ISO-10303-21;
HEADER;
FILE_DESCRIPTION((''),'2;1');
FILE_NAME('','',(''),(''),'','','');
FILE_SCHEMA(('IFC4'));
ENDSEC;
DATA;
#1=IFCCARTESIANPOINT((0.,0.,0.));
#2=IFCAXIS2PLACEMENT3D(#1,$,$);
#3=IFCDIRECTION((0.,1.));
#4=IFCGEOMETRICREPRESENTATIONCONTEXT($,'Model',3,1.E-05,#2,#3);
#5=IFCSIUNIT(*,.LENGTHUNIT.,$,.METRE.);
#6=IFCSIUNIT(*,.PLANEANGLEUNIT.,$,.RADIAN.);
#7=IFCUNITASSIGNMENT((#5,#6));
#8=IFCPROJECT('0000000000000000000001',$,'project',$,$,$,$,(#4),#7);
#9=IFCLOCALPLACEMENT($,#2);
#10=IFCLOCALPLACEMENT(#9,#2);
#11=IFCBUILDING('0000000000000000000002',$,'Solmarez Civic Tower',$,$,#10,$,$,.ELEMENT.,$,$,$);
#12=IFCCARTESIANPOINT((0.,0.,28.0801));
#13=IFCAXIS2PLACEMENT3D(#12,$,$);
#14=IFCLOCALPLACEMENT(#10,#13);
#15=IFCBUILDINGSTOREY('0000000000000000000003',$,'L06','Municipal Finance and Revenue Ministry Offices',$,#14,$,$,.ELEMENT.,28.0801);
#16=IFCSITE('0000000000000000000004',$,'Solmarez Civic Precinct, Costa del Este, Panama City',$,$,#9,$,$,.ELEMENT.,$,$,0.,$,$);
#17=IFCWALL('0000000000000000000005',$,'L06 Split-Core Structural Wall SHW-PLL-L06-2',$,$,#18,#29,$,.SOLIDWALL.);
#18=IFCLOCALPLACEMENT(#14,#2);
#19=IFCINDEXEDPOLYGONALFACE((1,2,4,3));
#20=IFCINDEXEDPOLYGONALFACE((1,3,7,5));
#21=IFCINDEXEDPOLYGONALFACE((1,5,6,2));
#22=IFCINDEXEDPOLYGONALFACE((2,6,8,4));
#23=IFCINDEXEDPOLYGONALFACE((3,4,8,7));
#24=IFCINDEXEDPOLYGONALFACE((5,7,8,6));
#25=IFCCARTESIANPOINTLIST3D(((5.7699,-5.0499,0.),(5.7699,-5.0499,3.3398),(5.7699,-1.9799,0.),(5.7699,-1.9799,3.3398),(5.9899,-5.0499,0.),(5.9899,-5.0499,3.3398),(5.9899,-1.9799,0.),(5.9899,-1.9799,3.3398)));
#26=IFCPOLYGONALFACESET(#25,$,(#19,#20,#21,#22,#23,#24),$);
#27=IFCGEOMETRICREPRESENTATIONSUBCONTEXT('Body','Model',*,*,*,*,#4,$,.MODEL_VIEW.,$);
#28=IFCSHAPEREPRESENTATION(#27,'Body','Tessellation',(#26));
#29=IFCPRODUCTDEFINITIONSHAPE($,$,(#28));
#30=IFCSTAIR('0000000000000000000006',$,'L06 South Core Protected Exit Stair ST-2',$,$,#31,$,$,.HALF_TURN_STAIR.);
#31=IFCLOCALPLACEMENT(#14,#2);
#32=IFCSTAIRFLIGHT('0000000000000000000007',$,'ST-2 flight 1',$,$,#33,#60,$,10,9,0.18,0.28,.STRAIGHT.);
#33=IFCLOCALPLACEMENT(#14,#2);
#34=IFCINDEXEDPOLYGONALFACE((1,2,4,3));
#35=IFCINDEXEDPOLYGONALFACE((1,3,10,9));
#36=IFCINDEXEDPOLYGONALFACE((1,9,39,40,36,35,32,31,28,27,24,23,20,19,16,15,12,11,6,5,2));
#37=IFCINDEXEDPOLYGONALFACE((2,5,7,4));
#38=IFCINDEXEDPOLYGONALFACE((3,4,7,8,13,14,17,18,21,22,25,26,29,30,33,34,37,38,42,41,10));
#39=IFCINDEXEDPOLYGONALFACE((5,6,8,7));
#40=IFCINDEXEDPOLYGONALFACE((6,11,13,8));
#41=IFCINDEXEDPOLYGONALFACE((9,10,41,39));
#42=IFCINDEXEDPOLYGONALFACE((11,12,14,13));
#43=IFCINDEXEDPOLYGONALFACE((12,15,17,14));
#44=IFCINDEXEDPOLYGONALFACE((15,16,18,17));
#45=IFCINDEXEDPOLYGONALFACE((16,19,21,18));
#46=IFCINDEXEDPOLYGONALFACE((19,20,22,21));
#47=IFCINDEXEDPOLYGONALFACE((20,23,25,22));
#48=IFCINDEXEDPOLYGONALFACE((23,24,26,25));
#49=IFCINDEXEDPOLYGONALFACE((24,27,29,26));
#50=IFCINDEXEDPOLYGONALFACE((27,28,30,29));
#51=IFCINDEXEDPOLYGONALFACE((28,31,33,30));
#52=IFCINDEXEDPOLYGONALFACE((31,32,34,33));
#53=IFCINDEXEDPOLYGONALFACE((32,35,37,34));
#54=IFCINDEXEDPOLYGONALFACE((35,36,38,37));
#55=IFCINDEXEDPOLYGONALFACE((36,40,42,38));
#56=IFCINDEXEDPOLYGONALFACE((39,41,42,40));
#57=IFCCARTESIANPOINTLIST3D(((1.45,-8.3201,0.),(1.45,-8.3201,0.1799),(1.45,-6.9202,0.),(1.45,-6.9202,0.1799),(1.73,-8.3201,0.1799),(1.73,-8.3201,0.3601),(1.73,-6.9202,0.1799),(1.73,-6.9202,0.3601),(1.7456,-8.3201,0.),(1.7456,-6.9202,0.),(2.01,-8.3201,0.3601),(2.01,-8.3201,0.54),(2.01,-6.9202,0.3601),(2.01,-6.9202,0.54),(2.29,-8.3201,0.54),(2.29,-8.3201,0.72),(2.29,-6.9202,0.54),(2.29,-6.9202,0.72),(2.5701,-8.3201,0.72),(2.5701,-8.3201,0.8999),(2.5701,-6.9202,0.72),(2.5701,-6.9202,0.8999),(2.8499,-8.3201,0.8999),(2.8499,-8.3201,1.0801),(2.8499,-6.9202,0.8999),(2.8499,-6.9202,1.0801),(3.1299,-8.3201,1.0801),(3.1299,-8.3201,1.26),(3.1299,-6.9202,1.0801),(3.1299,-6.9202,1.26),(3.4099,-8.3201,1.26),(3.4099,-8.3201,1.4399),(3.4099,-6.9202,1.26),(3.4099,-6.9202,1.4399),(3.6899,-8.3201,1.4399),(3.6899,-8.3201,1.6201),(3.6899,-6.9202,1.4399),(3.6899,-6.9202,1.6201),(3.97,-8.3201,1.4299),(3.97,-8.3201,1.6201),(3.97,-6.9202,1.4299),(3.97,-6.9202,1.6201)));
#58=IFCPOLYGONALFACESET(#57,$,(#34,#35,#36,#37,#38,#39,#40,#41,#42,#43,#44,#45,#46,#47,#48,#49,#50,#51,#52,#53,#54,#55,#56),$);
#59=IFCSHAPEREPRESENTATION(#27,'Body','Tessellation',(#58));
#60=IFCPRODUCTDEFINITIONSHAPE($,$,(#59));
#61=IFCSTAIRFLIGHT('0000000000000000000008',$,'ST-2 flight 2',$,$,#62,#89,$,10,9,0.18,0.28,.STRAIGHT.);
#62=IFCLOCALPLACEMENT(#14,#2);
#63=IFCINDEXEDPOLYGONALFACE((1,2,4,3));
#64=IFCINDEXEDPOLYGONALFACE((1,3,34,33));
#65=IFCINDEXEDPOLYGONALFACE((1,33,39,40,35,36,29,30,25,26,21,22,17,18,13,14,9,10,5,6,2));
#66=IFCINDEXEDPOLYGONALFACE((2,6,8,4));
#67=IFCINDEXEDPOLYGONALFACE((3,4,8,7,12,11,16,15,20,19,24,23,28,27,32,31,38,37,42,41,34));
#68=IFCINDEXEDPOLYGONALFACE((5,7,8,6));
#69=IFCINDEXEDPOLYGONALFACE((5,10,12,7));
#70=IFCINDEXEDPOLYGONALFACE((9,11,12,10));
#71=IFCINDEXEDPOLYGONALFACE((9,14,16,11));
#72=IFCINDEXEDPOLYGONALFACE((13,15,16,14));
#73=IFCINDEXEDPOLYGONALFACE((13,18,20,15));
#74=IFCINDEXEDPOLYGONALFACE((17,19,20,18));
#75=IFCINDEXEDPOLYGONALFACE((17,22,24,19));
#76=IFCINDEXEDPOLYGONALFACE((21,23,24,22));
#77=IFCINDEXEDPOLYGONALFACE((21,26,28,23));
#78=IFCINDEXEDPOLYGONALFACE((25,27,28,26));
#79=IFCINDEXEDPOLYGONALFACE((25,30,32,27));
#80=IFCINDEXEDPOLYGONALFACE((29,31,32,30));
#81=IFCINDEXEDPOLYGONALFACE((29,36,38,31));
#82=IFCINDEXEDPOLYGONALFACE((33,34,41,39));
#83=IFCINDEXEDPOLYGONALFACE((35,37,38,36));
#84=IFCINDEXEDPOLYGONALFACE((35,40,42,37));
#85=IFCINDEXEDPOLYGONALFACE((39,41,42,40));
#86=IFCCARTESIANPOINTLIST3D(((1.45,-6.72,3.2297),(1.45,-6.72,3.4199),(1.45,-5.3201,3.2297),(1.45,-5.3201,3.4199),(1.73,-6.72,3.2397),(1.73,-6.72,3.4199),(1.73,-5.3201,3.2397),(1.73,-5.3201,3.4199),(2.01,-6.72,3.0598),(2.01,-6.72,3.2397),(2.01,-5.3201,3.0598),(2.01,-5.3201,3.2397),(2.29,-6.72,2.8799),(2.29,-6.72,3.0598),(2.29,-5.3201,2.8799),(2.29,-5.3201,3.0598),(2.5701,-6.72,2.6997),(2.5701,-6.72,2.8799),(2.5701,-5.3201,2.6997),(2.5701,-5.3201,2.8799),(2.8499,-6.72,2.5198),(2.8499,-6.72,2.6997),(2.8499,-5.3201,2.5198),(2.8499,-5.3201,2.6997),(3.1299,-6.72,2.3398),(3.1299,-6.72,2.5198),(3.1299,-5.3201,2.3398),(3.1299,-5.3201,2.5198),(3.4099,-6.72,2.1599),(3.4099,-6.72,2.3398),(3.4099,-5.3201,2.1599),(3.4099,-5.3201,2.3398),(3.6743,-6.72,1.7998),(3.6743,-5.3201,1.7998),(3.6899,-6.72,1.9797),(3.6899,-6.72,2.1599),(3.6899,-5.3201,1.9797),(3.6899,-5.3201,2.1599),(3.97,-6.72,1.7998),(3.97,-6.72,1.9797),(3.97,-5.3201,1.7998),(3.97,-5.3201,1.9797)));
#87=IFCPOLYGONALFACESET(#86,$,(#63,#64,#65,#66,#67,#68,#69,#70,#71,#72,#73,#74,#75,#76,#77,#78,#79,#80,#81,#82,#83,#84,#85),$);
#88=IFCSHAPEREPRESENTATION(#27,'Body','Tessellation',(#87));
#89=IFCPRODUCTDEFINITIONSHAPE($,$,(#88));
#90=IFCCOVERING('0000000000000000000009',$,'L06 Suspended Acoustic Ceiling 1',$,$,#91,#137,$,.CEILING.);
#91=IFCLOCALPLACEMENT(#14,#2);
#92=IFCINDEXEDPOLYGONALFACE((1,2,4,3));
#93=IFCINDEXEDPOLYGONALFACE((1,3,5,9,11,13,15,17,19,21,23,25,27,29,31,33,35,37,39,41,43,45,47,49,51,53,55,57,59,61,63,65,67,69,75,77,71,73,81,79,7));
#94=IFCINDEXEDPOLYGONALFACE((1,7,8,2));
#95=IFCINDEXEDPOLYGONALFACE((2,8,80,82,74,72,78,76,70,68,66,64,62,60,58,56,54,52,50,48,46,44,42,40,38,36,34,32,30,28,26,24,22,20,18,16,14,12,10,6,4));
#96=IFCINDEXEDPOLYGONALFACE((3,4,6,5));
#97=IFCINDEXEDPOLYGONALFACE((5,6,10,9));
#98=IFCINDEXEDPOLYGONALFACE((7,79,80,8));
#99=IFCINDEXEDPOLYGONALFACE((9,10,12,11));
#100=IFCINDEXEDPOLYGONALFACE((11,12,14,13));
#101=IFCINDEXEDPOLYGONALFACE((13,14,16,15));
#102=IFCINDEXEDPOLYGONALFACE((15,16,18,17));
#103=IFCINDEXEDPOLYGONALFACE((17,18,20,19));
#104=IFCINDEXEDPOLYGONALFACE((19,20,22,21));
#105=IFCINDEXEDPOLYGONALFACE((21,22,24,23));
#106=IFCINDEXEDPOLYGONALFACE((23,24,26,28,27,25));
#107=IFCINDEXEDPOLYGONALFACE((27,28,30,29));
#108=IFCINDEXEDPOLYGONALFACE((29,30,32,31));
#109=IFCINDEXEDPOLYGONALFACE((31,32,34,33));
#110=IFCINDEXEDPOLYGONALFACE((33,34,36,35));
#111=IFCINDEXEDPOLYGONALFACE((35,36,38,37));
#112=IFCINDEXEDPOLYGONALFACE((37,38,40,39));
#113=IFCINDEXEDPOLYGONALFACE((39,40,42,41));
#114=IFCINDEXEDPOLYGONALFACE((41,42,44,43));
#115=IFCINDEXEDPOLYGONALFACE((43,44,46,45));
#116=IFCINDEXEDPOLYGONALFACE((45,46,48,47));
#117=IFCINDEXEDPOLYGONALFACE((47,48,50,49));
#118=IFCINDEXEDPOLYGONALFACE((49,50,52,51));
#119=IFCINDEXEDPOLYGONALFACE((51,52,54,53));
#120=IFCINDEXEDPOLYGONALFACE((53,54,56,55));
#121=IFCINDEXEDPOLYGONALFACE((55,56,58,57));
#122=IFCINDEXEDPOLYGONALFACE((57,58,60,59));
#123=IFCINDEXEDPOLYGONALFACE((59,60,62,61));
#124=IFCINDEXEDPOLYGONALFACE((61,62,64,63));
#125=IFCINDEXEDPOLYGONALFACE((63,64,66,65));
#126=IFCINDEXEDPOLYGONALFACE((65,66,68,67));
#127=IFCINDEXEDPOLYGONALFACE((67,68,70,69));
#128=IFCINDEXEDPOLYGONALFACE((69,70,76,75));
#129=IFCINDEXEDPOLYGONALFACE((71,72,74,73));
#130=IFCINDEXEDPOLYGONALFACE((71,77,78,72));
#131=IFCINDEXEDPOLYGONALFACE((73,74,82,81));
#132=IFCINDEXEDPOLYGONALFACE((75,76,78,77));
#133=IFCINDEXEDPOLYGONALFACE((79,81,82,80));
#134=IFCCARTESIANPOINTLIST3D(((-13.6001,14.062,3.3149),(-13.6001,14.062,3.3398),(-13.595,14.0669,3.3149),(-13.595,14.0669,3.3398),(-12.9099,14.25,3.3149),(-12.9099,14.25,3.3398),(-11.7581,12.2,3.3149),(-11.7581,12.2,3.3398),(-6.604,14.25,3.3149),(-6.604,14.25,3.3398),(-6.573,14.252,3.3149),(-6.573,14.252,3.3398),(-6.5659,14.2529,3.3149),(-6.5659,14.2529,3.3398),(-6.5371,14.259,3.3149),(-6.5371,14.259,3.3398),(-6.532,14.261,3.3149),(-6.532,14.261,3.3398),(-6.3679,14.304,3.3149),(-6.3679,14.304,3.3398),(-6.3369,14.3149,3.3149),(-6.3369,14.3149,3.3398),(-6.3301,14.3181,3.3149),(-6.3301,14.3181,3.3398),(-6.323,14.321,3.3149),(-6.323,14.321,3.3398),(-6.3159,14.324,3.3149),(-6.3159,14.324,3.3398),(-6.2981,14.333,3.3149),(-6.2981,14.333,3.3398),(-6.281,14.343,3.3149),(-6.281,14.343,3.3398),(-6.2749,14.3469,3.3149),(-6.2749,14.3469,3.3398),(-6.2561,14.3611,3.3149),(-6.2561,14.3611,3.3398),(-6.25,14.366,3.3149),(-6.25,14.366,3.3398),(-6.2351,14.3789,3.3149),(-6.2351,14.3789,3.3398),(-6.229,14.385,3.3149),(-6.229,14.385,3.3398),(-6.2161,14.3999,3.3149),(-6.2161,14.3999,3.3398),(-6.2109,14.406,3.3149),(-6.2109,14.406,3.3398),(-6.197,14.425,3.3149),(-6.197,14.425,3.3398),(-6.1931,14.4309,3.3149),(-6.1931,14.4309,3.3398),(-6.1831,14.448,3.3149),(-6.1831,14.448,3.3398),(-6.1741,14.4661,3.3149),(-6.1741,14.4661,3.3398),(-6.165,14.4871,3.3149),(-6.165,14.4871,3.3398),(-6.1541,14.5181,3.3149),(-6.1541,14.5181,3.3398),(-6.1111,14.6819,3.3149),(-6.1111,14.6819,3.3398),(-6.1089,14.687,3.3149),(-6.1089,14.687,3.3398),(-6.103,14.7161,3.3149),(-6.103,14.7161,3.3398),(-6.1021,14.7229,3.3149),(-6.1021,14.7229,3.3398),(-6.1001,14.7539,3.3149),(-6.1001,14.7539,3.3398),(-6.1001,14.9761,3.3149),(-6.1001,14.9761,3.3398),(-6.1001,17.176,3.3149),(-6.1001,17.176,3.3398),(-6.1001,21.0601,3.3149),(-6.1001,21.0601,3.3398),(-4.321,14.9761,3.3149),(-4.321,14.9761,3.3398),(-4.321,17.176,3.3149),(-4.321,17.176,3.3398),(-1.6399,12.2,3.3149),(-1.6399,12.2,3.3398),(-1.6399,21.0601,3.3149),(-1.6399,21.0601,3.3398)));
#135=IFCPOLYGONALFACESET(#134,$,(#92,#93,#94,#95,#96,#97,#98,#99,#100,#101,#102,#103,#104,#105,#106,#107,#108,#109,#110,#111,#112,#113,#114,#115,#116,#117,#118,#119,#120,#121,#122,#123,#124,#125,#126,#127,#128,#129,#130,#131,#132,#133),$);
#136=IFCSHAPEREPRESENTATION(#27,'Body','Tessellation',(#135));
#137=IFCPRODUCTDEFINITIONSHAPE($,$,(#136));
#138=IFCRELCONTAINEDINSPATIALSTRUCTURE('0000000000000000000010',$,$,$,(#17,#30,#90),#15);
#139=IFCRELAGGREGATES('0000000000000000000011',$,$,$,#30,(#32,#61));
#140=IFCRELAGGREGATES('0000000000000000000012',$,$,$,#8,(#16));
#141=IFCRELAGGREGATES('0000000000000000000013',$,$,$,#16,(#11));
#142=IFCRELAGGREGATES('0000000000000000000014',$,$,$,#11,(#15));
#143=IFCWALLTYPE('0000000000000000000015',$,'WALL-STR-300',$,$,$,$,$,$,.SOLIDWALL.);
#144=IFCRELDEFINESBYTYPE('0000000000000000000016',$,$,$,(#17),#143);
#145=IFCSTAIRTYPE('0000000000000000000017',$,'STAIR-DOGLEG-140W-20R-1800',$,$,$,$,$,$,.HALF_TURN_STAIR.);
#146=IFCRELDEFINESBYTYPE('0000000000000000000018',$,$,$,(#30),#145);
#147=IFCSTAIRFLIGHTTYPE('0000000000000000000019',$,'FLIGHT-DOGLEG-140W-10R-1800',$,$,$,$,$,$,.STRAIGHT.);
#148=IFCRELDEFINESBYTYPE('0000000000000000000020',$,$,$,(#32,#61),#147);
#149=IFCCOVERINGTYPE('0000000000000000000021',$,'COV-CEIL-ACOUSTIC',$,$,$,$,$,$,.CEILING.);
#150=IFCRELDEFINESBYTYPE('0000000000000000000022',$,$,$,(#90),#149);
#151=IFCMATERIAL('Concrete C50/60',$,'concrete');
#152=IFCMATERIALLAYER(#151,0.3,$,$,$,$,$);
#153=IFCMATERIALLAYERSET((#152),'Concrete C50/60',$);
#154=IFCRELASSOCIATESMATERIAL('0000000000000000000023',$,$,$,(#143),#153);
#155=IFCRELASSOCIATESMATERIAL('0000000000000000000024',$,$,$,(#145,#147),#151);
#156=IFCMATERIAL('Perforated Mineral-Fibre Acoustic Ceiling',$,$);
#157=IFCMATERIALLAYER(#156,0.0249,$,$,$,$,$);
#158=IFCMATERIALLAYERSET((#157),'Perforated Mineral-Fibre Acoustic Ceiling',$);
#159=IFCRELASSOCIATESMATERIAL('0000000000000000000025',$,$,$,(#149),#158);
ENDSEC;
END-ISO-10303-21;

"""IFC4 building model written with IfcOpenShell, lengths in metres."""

from ifc_helpers import new_model, si_unit, direction, frame, frame_2d, origin, place, context, subcontext, project, spatial, polyline, rectangle, outline, extrude, material, layer, layer_set, type_object, element, aggregate, save


model = new_model("IFC4")

# Units and contexts
model_context = context("Model", 3, precision=1e-05, world=origin(), true_north=direction((0.0, 1.0)))
body_context = subcontext(model_context, "Body", "Model", "MODEL_VIEW")
ifc_project = project(units=[si_unit("LENGTHUNIT", "METRE"), si_unit("PLANEANGLEUNIT", "RADIAN")], contexts=[model_context])

# Site, building, storey
site_placement = place(None, origin())
site = spatial("IfcSite", under=ifc_project, at=site_placement, Name="Solmarez Civic Precinct, Costa del Este, Panama City", CompositionType="ELEMENT", RefElevation=0.0)
building_placement = place(site_placement, origin())
building = spatial("IfcBuilding", under=site, at=building_placement, Name="Solmarez Civic Tower", CompositionType="ELEMENT")
storey_placement = place(building_placement, frame((0.0, 0.0, 28.0801)))
storey = spatial("IfcBuildingStorey", under=building, at=storey_placement, Name="L06", Description="Municipal Finance and Revenue Ministry Offices", CompositionType="ELEMENT", Elevation=28.0801)

# Shared definitions
ifc_material_1 = material(Name="Concrete C50/60", Category="concrete")

# Wall
ifc_layer_1 = layer(ifc_material_1, 0.3)
ifc_layer_set_1 = layer_set([ifc_layer_1], Name="Concrete C50/60")
wall_type_1 = type_object("IfcWallType", Name="WALL-STR-300", PredefinedType="SOLIDWALL", material=ifc_layer_set_1)
for number, where, z_axis, x_axis, name in (
    (1, (5.8799, -5.05, 0.0), (0.0, 0.0, 1.0), (0.0, 1.0, 0.0), "L06 Split-Core Structural Wall SHW-PLL-L06-2"),
):
    element("IfcWall", number, at=place(storey_placement, frame(where, z_axis=z_axis, x_axis=x_axis)), inside=storey, type_object=wall_type_1, Name=name, PredefinedType="SOLIDWALL", context=body_context, shape_type="SweptSolid", body=[
        extrude(rectangle(XDim=3.0701, YDim=0.22, at=frame_2d((1.5352, 0.0))), origin(), (0.0, 0.0, 1.0), 3.3398),
    ])

# Stair, stair flights
stair_type = type_object("IfcStairType", Name="STAIR-DOGLEG-140W-20R-1800", PredefinedType="HALF_TURN_STAIR", material=ifc_material_1)
stair_placement = place(storey_placement, origin())
stair = element("IfcStair", 2, at=stair_placement, inside=storey, type_object=stair_type, Name="L06 South Core Protected Exit Stair ST-2", PredefinedType="HALF_TURN_STAIR")
stair_flight_type = type_object("IfcStairFlightType", Name="FLIGHT-DOGLEG-140W-10R-1800", PredefinedType="STRAIGHT", material=ifc_material_1)
stair_flight_1_placement = place(storey_placement, frame((1.45, -7.6201, 0.0), z_axis=(0.0, 0.0, 1.0), x_axis=(1.0, 0.0, 0.0)))
stair_flight_1 = element("IfcStairFlight", 3, at=stair_flight_1_placement, type_object=stair_flight_type, Name="ST-2 flight 1", NumberOfRisers=10, NumberOfTreads=9, PredefinedType="STRAIGHT", RiserHeight=0.18, TreadLength=0.28, context=body_context, shape_type="SweptSolid", body=[
    extrude(outline(polyline([(0.0, 0.0), (0.0, 0.1799), (0.28, 0.1799), (0.28, 0.3601), (0.5601, 0.3601), (0.5601, 0.54), (0.8401, 0.54), (0.8401, 0.72), (1.1201, 0.72), (1.1201, 0.8999), (1.3999, 0.8999), (1.3999, 1.0801), (1.6799, 1.0801), (1.6799, 1.26), (1.96, 1.26), (1.96, 1.4399), (2.24, 1.4399), (2.24, 1.6201), (2.52, 1.6201), (2.52, 1.8), (2.52, 1.4299), (0.2957, 0.0), (0.0, 0.0)])), frame((0.0, 0.7, 0.0), z_axis=(0.0, -1.0, 0.0), x_axis=(1.0, 0.0, 0.0)), (0.0, 0.0, 1.0), 1.3999),
])
stair_flight_2_placement = place(storey_placement, frame((3.97, -6.02, 1.7998), z_axis=(0.0, 0.0, 1.0), x_axis=(-1.0, 0.0, 0.0)))
stair_flight_2 = element("IfcStairFlight", 4, at=stair_flight_2_placement, type_object=stair_flight_type, Name="ST-2 flight 2", NumberOfRisers=10, NumberOfTreads=9, PredefinedType="STRAIGHT", RiserHeight=0.18, TreadLength=0.28, context=body_context, shape_type="SweptSolid", body=[
    extrude(outline(polyline([(0.0, 0.0), (0.0, 0.1799), (0.28, 0.1799), (0.28, 0.3601), (0.5601, 0.3601), (0.5601, 0.54), (0.8401, 0.54), (0.8401, 0.72), (1.1201, 0.72), (1.1201, 0.8999), (1.3999, 0.8999), (1.3999, 1.0801), (1.6799, 1.0801), (1.6799, 1.26), (1.96, 1.26), (1.96, 1.4399), (2.24, 1.4399), (2.24, 1.6201), (2.52, 1.6201), (2.52, 1.8), (2.52, 1.4299), (0.2957, 0.0), (0.0, 0.0)])), frame((0.0, 0.7, 0.0), z_axis=(0.0, -1.0, 0.0), x_axis=(1.0, 0.0, 0.0)), (0.0, 0.0, 1.0), 1.3999),
])
aggregate(stair, [stair_flight_1, stair_flight_2])

# Covering
ifc_material_2 = material(Name="Perforated Mineral-Fibre Acoustic Ceiling")
ifc_layer_2 = layer(ifc_material_2, 0.0249)
ifc_layer_set_2 = layer_set([ifc_layer_2], Name="Perforated Mineral-Fibre Acoustic Ceiling")
covering_type = type_object("IfcCoveringType", Name="COV-CEIL-ACOUSTIC", PredefinedType="CEILING", material=ifc_layer_set_2)
covering_placement = place(storey_placement, frame((0.0, 0.0, 3.3149)))
element("IfcCovering", 5, at=covering_placement, inside=storey, type_object=covering_type, Name="L06 Suspended Acoustic Ceiling 1", PredefinedType="CEILING", context=body_context, shape_type="SweptSolid", body=[
    extrude(outline(polyline([(-6.1001, 21.0601), (-6.1001, 17.176), (-4.321, 17.176), (-4.321, 14.9761), (-6.1001, 14.9761), (-6.1001, 14.7539), (-6.1021, 14.7229), (-6.103, 14.7161), (-6.1089, 14.687), (-6.1111, 14.6819), (-6.1541, 14.5181), (-6.165, 14.4871), (-6.1741, 14.4661), (-6.1831, 14.448), (-6.1931, 14.4309), (-6.197, 14.425), (-6.2109, 14.406), (-6.2161, 14.3999), (-6.229, 14.385), (-6.2351, 14.3789), (-6.25, 14.366), (-6.2561, 14.3611), (-6.2749, 14.3469), (-6.281, 14.343), (-6.2981, 14.333), (-6.3159, 14.324), (-6.323, 14.321), (-6.3301, 14.3181), (-6.3369, 14.3149), (-6.3679, 14.304), (-6.532, 14.261), (-6.5371, 14.259), (-6.5659, 14.2529), (-6.573, 14.252), (-6.604, 14.25), (-12.9099, 14.25), (-13.595, 14.0669), (-13.6001, 14.062), (-11.7581, 12.2), (-1.6399, 12.2), (-1.6399, 21.0601), (-6.1001, 21.0601)])), origin(), (0.0, 0.0, 1.0), 0.0249),
])

save(model, "model.ifc")
